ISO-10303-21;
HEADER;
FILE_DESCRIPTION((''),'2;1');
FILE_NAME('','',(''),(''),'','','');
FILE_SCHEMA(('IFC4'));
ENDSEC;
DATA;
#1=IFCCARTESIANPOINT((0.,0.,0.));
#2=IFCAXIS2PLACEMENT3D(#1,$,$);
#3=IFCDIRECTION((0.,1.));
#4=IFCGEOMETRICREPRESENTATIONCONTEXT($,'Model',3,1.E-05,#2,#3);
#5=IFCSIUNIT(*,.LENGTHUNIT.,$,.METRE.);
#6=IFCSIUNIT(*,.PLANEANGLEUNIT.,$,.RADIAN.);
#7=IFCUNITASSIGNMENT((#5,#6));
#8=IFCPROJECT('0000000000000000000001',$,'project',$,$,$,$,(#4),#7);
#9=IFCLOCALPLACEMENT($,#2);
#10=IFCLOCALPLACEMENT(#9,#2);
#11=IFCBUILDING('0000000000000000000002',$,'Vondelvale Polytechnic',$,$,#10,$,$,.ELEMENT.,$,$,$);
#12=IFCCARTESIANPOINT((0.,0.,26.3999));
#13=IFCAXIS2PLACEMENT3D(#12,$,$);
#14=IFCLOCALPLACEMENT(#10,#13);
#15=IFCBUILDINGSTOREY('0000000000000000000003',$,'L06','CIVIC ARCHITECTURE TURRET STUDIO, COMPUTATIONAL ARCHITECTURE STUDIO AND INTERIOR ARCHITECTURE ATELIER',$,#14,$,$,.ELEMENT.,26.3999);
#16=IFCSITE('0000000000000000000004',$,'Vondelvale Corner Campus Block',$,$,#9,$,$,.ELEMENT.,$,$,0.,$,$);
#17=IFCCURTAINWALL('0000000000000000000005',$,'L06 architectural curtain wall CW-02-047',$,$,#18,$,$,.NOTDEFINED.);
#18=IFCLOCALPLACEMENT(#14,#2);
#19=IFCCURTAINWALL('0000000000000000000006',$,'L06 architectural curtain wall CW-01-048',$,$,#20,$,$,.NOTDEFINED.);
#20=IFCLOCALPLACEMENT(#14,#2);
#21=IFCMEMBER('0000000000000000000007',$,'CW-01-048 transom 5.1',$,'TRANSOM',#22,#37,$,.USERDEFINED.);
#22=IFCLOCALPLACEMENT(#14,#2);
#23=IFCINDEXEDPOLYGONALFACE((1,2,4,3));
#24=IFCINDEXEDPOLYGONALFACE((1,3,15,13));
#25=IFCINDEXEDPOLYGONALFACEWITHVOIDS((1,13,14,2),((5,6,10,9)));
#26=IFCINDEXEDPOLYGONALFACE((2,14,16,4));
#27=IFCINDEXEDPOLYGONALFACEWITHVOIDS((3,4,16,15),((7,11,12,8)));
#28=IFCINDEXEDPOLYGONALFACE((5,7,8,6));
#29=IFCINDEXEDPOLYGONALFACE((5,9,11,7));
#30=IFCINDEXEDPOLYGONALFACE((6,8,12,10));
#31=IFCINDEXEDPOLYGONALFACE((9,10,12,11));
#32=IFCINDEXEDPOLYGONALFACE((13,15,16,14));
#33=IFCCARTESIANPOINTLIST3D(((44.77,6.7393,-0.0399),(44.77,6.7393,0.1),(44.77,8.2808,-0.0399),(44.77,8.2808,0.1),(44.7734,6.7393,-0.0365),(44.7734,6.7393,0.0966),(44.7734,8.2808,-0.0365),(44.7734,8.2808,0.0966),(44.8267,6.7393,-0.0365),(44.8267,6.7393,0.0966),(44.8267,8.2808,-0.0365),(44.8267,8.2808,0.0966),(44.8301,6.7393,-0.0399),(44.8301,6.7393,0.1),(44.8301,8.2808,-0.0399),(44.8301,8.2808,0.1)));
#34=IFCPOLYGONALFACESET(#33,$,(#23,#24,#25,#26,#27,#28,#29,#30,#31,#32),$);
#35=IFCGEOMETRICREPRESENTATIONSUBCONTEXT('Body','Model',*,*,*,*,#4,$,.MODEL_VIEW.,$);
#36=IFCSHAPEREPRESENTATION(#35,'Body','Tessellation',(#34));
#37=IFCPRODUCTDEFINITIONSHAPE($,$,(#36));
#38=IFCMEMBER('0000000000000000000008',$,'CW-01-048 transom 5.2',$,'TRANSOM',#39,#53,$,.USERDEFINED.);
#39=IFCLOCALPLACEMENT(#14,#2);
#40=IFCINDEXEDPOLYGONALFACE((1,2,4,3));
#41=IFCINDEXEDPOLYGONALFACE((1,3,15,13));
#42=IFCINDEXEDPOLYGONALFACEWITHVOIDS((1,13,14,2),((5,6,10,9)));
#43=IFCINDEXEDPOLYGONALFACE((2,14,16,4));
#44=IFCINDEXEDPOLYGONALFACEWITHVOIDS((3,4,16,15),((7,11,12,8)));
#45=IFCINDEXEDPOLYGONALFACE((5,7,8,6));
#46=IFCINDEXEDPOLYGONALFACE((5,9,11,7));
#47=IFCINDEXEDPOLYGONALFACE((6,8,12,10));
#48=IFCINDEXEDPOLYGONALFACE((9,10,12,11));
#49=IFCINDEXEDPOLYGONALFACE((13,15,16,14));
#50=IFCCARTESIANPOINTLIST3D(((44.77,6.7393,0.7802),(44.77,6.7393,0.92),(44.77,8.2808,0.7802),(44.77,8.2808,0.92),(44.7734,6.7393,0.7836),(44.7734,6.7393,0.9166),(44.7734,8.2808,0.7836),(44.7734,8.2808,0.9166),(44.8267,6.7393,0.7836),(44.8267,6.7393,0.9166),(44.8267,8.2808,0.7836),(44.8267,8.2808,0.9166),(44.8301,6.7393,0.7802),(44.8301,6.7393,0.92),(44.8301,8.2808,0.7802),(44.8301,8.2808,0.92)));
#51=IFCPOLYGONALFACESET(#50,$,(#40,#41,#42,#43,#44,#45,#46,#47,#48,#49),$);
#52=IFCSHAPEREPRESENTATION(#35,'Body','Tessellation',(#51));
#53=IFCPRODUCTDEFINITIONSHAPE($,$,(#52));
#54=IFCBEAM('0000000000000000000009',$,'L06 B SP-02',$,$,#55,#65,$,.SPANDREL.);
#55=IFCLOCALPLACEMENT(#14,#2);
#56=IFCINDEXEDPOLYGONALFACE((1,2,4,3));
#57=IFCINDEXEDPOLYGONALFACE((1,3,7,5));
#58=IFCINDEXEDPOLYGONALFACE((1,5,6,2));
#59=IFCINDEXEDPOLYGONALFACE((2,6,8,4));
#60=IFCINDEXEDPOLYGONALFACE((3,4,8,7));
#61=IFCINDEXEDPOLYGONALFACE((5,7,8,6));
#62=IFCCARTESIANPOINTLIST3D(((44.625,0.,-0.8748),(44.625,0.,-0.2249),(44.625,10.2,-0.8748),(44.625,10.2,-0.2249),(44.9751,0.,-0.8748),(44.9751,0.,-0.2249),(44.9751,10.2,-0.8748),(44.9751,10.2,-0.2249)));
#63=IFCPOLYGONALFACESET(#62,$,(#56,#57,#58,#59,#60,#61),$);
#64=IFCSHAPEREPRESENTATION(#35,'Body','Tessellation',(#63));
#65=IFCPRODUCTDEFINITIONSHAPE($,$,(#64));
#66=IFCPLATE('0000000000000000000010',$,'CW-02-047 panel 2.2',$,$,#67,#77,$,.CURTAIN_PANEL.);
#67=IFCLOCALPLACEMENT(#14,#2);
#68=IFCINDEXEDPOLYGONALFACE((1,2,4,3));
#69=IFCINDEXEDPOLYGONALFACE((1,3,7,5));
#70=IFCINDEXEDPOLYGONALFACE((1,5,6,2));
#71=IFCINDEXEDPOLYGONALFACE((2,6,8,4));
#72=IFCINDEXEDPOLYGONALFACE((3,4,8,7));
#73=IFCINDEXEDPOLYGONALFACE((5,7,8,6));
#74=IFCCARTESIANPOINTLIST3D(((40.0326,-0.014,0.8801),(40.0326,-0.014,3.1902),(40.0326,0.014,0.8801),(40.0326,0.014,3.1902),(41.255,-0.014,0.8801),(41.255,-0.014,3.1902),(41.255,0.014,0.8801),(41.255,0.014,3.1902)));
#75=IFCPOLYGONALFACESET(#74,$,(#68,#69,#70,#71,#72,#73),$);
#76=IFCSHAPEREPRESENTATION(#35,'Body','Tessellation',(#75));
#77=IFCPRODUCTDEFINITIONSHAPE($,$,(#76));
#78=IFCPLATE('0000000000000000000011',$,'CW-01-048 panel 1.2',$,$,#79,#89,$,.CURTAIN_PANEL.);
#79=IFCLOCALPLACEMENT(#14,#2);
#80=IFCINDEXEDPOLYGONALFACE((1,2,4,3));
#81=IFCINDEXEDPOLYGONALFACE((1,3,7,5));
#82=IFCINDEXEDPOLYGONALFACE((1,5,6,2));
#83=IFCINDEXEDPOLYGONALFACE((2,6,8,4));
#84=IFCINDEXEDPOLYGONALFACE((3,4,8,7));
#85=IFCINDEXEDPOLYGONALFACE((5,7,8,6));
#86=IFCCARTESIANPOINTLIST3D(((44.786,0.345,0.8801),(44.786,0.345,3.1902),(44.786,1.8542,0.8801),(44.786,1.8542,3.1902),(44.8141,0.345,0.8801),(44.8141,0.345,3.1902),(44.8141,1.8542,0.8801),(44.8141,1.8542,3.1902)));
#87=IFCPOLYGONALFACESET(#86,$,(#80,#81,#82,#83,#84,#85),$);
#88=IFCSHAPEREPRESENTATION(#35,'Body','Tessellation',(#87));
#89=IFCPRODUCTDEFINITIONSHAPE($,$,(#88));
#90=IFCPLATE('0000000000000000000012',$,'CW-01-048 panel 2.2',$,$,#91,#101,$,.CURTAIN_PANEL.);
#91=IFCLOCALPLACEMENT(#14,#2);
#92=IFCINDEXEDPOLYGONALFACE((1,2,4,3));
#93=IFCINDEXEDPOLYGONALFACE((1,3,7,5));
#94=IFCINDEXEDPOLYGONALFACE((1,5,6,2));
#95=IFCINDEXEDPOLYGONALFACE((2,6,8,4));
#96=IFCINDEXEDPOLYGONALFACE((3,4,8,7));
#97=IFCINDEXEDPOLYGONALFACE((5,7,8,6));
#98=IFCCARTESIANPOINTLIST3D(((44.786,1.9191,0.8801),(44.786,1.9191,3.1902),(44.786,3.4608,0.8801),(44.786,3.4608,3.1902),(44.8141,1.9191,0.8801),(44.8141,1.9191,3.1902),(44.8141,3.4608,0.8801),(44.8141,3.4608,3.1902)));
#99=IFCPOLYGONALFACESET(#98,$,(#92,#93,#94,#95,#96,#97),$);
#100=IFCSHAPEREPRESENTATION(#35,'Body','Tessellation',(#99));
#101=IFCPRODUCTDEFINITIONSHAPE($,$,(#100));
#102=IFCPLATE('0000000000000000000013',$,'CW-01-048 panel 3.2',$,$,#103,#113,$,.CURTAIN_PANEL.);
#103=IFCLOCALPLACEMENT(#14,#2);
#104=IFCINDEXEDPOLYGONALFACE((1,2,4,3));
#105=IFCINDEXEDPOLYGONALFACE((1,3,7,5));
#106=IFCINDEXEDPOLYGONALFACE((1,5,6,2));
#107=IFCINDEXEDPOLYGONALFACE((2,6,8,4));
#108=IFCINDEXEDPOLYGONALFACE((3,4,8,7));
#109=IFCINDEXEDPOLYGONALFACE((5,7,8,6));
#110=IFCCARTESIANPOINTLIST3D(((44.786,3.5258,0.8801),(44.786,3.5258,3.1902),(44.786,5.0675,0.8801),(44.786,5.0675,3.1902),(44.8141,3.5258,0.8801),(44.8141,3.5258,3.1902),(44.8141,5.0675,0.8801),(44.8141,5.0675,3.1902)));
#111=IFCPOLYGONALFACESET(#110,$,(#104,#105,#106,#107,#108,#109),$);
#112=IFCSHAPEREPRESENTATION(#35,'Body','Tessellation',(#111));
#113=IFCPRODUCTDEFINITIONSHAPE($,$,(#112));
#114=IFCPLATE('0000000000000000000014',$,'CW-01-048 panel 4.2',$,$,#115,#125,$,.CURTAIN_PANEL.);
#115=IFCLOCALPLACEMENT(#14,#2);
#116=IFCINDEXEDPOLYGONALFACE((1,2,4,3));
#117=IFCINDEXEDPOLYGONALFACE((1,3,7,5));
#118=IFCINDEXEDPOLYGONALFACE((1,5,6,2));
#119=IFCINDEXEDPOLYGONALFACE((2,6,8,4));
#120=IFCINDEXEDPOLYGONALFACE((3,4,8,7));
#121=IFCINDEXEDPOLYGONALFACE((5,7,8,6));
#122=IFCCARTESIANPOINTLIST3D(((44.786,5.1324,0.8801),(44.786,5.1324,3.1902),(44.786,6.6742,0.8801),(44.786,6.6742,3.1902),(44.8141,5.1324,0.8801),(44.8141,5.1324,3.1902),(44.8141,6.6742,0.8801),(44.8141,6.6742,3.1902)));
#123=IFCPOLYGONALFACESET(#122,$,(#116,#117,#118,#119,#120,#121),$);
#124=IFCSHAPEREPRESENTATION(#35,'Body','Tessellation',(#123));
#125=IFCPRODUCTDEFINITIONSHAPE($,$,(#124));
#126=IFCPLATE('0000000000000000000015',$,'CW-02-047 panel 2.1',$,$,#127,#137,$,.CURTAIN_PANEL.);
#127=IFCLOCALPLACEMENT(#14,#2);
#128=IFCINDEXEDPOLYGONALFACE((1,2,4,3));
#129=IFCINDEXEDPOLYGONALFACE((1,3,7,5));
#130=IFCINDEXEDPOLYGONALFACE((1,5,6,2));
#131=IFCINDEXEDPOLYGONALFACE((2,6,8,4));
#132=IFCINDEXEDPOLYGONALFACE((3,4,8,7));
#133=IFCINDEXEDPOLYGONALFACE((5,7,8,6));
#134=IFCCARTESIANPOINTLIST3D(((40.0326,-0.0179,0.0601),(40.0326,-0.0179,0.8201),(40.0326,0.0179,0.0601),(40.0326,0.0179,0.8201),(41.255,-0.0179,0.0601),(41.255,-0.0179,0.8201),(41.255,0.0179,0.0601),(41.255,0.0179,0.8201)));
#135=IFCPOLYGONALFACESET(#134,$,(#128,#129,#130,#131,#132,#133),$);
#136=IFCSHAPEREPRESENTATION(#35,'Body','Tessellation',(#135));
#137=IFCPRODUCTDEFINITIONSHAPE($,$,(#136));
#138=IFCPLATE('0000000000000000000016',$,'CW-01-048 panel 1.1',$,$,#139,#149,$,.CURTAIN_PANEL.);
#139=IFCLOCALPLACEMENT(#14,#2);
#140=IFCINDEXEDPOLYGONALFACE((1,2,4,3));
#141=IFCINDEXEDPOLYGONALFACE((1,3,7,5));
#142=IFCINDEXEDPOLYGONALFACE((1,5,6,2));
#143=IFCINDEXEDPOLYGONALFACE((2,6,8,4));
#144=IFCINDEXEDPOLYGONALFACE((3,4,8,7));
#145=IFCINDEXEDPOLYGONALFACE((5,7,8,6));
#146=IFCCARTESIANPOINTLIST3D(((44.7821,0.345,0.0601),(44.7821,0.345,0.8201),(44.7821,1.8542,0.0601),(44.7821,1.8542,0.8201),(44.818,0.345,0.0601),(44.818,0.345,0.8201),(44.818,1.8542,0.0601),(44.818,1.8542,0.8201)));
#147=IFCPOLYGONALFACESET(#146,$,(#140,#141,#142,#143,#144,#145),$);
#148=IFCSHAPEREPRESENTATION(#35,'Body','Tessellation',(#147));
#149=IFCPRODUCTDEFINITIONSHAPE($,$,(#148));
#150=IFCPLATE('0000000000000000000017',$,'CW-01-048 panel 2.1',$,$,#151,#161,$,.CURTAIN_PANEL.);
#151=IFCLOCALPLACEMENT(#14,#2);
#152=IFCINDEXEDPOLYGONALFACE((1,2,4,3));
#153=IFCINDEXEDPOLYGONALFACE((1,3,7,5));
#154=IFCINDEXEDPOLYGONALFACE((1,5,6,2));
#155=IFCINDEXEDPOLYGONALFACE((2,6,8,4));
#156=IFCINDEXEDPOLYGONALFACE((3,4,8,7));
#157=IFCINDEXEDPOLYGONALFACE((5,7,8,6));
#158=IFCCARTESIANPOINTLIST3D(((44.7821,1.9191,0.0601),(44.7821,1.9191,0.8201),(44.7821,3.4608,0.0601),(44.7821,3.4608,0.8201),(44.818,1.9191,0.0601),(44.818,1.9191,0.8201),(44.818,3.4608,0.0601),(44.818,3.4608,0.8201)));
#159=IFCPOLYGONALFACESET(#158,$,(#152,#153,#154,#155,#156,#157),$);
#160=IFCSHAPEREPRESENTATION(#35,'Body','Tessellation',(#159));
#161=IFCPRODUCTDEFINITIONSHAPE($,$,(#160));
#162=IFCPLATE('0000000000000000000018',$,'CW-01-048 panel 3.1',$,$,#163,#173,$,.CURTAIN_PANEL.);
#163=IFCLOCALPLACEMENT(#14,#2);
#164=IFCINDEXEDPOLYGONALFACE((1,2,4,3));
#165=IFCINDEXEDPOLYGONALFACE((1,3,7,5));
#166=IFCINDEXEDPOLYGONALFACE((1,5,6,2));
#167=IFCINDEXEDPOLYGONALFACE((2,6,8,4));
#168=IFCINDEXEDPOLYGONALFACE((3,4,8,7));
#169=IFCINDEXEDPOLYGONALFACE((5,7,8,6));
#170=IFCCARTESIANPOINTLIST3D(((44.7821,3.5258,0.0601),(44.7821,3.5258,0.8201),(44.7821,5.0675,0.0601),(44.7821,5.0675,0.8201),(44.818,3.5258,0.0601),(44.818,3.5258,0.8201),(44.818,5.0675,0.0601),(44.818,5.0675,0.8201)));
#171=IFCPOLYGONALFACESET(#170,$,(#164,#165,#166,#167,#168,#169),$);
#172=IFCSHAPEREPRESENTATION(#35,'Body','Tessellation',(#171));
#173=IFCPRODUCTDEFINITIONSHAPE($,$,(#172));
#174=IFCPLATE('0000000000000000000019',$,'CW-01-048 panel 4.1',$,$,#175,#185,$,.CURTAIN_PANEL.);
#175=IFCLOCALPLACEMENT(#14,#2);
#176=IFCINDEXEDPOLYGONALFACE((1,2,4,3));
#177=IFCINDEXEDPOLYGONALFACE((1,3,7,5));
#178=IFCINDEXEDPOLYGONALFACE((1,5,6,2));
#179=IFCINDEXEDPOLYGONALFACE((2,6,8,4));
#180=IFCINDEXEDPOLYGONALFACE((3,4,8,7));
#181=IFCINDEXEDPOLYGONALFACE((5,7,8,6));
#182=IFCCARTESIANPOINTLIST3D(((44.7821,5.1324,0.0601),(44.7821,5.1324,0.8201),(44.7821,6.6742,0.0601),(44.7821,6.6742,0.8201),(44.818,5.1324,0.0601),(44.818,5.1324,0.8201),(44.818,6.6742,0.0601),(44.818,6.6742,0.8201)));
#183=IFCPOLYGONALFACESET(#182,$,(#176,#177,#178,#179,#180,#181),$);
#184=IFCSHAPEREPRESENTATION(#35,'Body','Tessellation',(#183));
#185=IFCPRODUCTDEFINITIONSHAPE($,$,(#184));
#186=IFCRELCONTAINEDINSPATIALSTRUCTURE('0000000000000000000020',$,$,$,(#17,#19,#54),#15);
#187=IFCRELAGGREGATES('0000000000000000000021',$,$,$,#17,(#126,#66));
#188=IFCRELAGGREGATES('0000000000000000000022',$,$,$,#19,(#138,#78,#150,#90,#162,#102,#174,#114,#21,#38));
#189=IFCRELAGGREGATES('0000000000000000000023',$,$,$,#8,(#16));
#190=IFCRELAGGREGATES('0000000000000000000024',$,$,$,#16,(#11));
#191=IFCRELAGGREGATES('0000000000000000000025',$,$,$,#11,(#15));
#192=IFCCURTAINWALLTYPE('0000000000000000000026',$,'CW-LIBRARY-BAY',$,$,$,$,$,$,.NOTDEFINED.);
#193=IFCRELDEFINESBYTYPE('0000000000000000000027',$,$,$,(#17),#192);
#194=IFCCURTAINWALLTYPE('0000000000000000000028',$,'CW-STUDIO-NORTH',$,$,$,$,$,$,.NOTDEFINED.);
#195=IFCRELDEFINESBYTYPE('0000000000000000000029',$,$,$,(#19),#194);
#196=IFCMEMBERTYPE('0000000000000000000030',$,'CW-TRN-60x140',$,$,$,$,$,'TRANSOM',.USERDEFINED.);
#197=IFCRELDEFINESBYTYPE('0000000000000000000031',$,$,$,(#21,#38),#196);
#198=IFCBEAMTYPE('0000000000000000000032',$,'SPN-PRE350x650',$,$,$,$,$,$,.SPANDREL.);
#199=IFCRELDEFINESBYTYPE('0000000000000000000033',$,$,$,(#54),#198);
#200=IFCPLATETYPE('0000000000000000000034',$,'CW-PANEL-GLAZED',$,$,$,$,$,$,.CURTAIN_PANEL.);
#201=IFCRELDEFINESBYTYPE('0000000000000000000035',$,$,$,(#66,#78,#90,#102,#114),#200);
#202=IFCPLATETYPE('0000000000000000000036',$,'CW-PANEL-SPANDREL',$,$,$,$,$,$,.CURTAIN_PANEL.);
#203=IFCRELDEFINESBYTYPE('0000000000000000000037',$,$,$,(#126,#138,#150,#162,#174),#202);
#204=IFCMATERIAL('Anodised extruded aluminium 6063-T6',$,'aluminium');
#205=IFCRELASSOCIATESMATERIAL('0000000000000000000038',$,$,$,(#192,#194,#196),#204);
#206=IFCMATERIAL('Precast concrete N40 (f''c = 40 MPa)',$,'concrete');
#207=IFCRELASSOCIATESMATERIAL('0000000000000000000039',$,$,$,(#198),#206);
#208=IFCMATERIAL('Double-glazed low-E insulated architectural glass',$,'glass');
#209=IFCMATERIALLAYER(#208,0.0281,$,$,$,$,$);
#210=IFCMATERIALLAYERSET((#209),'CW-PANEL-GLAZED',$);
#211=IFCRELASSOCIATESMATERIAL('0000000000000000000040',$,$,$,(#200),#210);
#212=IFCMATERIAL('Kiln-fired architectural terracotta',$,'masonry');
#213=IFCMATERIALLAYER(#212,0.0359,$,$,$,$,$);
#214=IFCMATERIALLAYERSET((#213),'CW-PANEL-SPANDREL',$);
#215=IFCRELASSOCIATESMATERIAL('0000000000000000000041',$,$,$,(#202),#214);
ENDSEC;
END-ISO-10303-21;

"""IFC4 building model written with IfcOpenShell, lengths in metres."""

from ifc_helpers import new_model, si_unit, direction, frame, origin, origin_2d, place, context, subcontext, project, spatial, rectangle, hollow_rectangle, extrude, material, layer, layer_set, material_profile, profile_set, type_object, element, aggregate, save


model = new_model("IFC4")

# Units and contexts
model_context = context("Model", 3, precision=1e-05, world=origin(), true_north=direction((0.0, 1.0)))
body_context = subcontext(model_context, "Body", "Model", "MODEL_VIEW")
ifc_project = project(units=[si_unit("LENGTHUNIT", "METRE"), si_unit("PLANEANGLEUNIT", "RADIAN")], contexts=[model_context])

# Site, building, storey
site_placement = place(None, origin())
site = spatial("IfcSite", under=ifc_project, at=site_placement, Name="Vondelvale Corner Campus Block", CompositionType="ELEMENT", RefElevation=0.0)
building_placement = place(site_placement, origin())
building = spatial("IfcBuilding", under=site, at=building_placement, Name="Vondelvale Polytechnic", CompositionType="ELEMENT")
storey_placement = place(building_placement, frame((0.0, 0.0, 26.3999)))
storey = spatial("IfcBuildingStorey", under=building, at=storey_placement, Name="L06", Description="CIVIC ARCHITECTURE TURRET STUDIO, COMPUTATIONAL ARCHITECTURE STUDIO AND INTERIOR ARCHITECTURE ATELIER", CompositionType="ELEMENT", Elevation=26.3999)

# Curtain wall
ifc_material_1 = material(Name="Anodised extruded aluminium 6063-T6", Category="aluminium")
curtain_wall_type_1 = type_object("IfcCurtainWallType", Name="CW-LIBRARY-BAY", PredefinedType="NOTDEFINED", material=ifc_material_1)
curtain_wall_1_placement = place(storey_placement, origin())
curtain_wall_1 = element("IfcCurtainWall", 1, at=curtain_wall_1_placement, inside=storey, type_object=curtain_wall_type_1, Name="L06 architectural curtain wall CW-02-047", PredefinedType="NOTDEFINED")

# Curtain wall
curtain_wall_type_2 = type_object("IfcCurtainWallType", Name="CW-STUDIO-NORTH", PredefinedType="NOTDEFINED", material=ifc_material_1)
curtain_wall_2_placement = place(storey_placement, origin())
curtain_wall_2 = element("IfcCurtainWall", 2, at=curtain_wall_2_placement, inside=storey, type_object=curtain_wall_type_2, Name="L06 architectural curtain wall CW-01-048", PredefinedType="NOTDEFINED")

# Members
ifc_material_profile_1 = material_profile(ifc_material_1, hollow_rectangle(XDim=0.0601, YDim=0.1399, WallThickness=0.0034, at=origin_2d()), Name="CW-TRN-140x60")
ifc_profile_set_1 = profile_set([ifc_material_profile_1], Name="Anodised extruded aluminium 6063-T6")
member_type_1 = type_object("IfcMemberType", Name="CW-TRN-60x140", ElementType="TRANSOM", PredefinedType="USERDEFINED", material=ifc_profile_set_1)
member_1_placement = place(storey_placement, frame((44.8, 6.7393, 0.03), z_axis=(0.0, 1.0, 0.0), x_axis=(-1.0, 0.0, 0.0)))
member_1 = element("IfcMember", 3, at=member_1_placement, type_object=member_type_1, Name="CW-01-048 transom 5.1", ObjectType="TRANSOM", PredefinedType="USERDEFINED", context=body_context, shape_type="SweptSolid", body=[
    extrude(hollow_rectangle(XDim=0.0601, YDim=0.1399, WallThickness=0.0034, at=origin_2d()), origin(), (0.0, 0.0, 1.0), 1.5415),
])
member_2_placement = place(storey_placement, frame((44.8, 6.7393, 0.8501), z_axis=(0.0, 1.0, 0.0), x_axis=(-1.0, 0.0, 0.0)))
member_2 = element("IfcMember", 4, at=member_2_placement, type_object=member_type_1, Name="CW-01-048 transom 5.2", ObjectType="TRANSOM", PredefinedType="USERDEFINED", context=body_context, shape_type="SweptSolid", body=[
    extrude(hollow_rectangle(XDim=0.0601, YDim=0.1399, WallThickness=0.0034, at=origin_2d()), origin(), (0.0, 0.0, 1.0), 1.5415),
])

# Beam
ifc_material_2 = material(Name="Precast concrete N40 (f'c = 40 MPa)", Category="concrete")
ifc_material_profile_2 = material_profile(ifc_material_2, rectangle(XDim=0.3501, YDim=0.6499, at=origin_2d()), Name="RC-SPN-350x650")
ifc_profile_set_2 = profile_set([ifc_material_profile_2], Name="Precast concrete N40 (f'c = 40 MPa)")
beam_type = type_object("IfcBeamType", Name="SPN-PRE350x650", PredefinedType="SPANDREL", material=ifc_profile_set_2)
beam_placement = place(storey_placement, frame((44.8, 0.0, -0.5498), z_axis=(0.0, 1.0, 0.0), x_axis=(-1.0, 0.0, 0.0)))
element("IfcBeam", 5, at=beam_placement, inside=storey, type_object=beam_type, Name="L06 B SP-02", PredefinedType="SPANDREL", context=body_context, shape_type="SweptSolid", body=[
    extrude(rectangle(XDim=0.3501, YDim=0.6499, at=origin_2d()), origin(), (0.0, 0.0, 1.0), 10.2),
])

# Plates
ifc_material_3 = material(Name="Double-glazed low-E insulated architectural glass", Category="glass")
ifc_layer_1 = layer(ifc_material_3, 0.0281)
ifc_layer_set_1 = layer_set([ifc_layer_1], Name="CW-PANEL-GLAZED")
plate_type_1 = type_object("IfcPlateType", Name="CW-PANEL-GLAZED", PredefinedType="CURTAIN_PANEL", material=ifc_layer_set_1)
plate_1_placement = place(storey_placement, frame((40.6438, 0.0, 0.8801), z_axis=(0.0, 0.0, 1.0), x_axis=(1.0, 0.0, 0.0)))
plate_1 = element("IfcPlate", 6, at=plate_1_placement, type_object=plate_type_1, Name="CW-02-047 panel 2.2", PredefinedType="CURTAIN_PANEL", context=body_context, shape_type="SweptSolid", body=[
    extrude(rectangle(XDim=1.2224, YDim=0.0281, at=origin_2d()), origin(), (0.0, 0.0, 1.0), 2.3101),
])
plate_2_placement = place(storey_placement, frame((44.8, 1.0996, 0.8801), z_axis=(0.0, 0.0, 1.0), x_axis=(0.0, 1.0, 0.0)))
plate_2 = element("IfcPlate", 7, at=plate_2_placement, type_object=plate_type_1, Name="CW-01-048 panel 1.2", PredefinedType="CURTAIN_PANEL", context=body_context, shape_type="SweptSolid", body=[
    extrude(rectangle(XDim=1.5093, YDim=0.0281, at=origin_2d()), origin(), (0.0, 0.0, 1.0), 2.3101),
])
plate_3_placement = place(storey_placement, frame((44.8, 2.6899, 0.8801), z_axis=(0.0, 0.0, 1.0), x_axis=(0.0, 1.0, 0.0)))
plate_3 = element("IfcPlate", 8, at=plate_3_placement, type_object=plate_type_1, Name="CW-01-048 panel 2.2", PredefinedType="CURTAIN_PANEL", context=body_context, shape_type="SweptSolid", body=[
    extrude(rectangle(XDim=1.5417, YDim=0.0281, at=origin_2d()), origin(), (0.0, 0.0, 1.0), 2.3101),
])
plate_4_placement = place(storey_placement, frame((44.8, 4.2966, 0.8801), z_axis=(0.0, 0.0, 1.0), x_axis=(0.0, 1.0, 0.0)))
plate_4 = element("IfcPlate", 9, at=plate_4_placement, type_object=plate_type_1, Name="CW-01-048 panel 3.2", PredefinedType="CURTAIN_PANEL", context=body_context, shape_type="SweptSolid", body=[
    extrude(rectangle(XDim=1.5417, YDim=0.0281, at=origin_2d()), origin(), (0.0, 0.0, 1.0), 2.3101),
])
plate_5_placement = place(storey_placement, frame((44.8, 5.9033, 0.8801), z_axis=(0.0, 0.0, 1.0), x_axis=(0.0, 1.0, 0.0)))
plate_5 = element("IfcPlate", 10, at=plate_5_placement, type_object=plate_type_1, Name="CW-01-048 panel 4.2", PredefinedType="CURTAIN_PANEL", context=body_context, shape_type="SweptSolid", body=[
    extrude(rectangle(XDim=1.5417, YDim=0.0281, at=origin_2d()), origin(), (0.0, 0.0, 1.0), 2.3101),
])
ifc_material_4 = material(Name="Kiln-fired architectural terracotta", Category="masonry")
ifc_layer_2 = layer(ifc_material_4, 0.0359)
ifc_layer_set_2 = layer_set([ifc_layer_2], Name="CW-PANEL-SPANDREL")
plate_type_2 = type_object("IfcPlateType", Name="CW-PANEL-SPANDREL", PredefinedType="CURTAIN_PANEL", material=ifc_layer_set_2)
plate_6_placement = place(storey_placement, frame((40.6438, 0.0, 0.0601), z_axis=(0.0, 0.0, 1.0), x_axis=(1.0, 0.0, 0.0)))
plate_6 = element("IfcPlate", 11, at=plate_6_placement, type_object=plate_type_2, Name="CW-02-047 panel 2.1", PredefinedType="CURTAIN_PANEL", context=body_context, shape_type="SweptSolid", body=[
    extrude(rectangle(XDim=1.2224, YDim=0.0359, at=origin_2d()), origin(), (0.0, 0.0, 1.0), 0.76),
])
aggregate(curtain_wall_1, [plate_6, plate_1])
plate_7_placement = place(storey_placement, frame((44.8, 1.0996, 0.0601), z_axis=(0.0, 0.0, 1.0), x_axis=(0.0, 1.0, 0.0)))
plate_7 = element("IfcPlate", 12, at=plate_7_placement, type_object=plate_type_2, Name="CW-01-048 panel 1.1", PredefinedType="CURTAIN_PANEL", context=body_context, shape_type="SweptSolid", body=[
    extrude(rectangle(XDim=1.5093, YDim=0.0359, at=origin_2d()), origin(), (0.0, 0.0, 1.0), 0.76),
])
plate_8_placement = place(storey_placement, frame((44.8, 2.6899, 0.0601), z_axis=(0.0, 0.0, 1.0), x_axis=(0.0, 1.0, 0.0)))
plate_8 = element("IfcPlate", 13, at=plate_8_placement, type_object=plate_type_2, Name="CW-01-048 panel 2.1", PredefinedType="CURTAIN_PANEL", context=body_context, shape_type="SweptSolid", body=[
    extrude(rectangle(XDim=1.5417, YDim=0.0359, at=origin_2d()), origin(), (0.0, 0.0, 1.0), 0.76),
])
plate_9_placement = place(storey_placement, frame((44.8, 4.2966, 0.0601), z_axis=(0.0, 0.0, 1.0), x_axis=(0.0, 1.0, 0.0)))
plate_9 = element("IfcPlate", 14, at=plate_9_placement, type_object=plate_type_2, Name="CW-01-048 panel 3.1", PredefinedType="CURTAIN_PANEL", context=body_context, shape_type="SweptSolid", body=[
    extrude(rectangle(XDim=1.5417, YDim=0.0359, at=origin_2d()), origin(), (0.0, 0.0, 1.0), 0.76),
])
plate_10_placement = place(storey_placement, frame((44.8, 5.9033, 0.0601), z_axis=(0.0, 0.0, 1.0), x_axis=(0.0, 1.0, 0.0)))
plate_10 = element("IfcPlate", 15, at=plate_10_placement, type_object=plate_type_2, Name="CW-01-048 panel 4.1", PredefinedType="CURTAIN_PANEL", context=body_context, shape_type="SweptSolid", body=[
    extrude(rectangle(XDim=1.5417, YDim=0.0359, at=origin_2d()), origin(), (0.0, 0.0, 1.0), 0.76),
])
aggregate(curtain_wall_2, [plate_7, plate_2, plate_8, plate_3, plate_9, plate_4, plate_10, plate_5, member_1, member_2])

save(model, "model.ifc")
